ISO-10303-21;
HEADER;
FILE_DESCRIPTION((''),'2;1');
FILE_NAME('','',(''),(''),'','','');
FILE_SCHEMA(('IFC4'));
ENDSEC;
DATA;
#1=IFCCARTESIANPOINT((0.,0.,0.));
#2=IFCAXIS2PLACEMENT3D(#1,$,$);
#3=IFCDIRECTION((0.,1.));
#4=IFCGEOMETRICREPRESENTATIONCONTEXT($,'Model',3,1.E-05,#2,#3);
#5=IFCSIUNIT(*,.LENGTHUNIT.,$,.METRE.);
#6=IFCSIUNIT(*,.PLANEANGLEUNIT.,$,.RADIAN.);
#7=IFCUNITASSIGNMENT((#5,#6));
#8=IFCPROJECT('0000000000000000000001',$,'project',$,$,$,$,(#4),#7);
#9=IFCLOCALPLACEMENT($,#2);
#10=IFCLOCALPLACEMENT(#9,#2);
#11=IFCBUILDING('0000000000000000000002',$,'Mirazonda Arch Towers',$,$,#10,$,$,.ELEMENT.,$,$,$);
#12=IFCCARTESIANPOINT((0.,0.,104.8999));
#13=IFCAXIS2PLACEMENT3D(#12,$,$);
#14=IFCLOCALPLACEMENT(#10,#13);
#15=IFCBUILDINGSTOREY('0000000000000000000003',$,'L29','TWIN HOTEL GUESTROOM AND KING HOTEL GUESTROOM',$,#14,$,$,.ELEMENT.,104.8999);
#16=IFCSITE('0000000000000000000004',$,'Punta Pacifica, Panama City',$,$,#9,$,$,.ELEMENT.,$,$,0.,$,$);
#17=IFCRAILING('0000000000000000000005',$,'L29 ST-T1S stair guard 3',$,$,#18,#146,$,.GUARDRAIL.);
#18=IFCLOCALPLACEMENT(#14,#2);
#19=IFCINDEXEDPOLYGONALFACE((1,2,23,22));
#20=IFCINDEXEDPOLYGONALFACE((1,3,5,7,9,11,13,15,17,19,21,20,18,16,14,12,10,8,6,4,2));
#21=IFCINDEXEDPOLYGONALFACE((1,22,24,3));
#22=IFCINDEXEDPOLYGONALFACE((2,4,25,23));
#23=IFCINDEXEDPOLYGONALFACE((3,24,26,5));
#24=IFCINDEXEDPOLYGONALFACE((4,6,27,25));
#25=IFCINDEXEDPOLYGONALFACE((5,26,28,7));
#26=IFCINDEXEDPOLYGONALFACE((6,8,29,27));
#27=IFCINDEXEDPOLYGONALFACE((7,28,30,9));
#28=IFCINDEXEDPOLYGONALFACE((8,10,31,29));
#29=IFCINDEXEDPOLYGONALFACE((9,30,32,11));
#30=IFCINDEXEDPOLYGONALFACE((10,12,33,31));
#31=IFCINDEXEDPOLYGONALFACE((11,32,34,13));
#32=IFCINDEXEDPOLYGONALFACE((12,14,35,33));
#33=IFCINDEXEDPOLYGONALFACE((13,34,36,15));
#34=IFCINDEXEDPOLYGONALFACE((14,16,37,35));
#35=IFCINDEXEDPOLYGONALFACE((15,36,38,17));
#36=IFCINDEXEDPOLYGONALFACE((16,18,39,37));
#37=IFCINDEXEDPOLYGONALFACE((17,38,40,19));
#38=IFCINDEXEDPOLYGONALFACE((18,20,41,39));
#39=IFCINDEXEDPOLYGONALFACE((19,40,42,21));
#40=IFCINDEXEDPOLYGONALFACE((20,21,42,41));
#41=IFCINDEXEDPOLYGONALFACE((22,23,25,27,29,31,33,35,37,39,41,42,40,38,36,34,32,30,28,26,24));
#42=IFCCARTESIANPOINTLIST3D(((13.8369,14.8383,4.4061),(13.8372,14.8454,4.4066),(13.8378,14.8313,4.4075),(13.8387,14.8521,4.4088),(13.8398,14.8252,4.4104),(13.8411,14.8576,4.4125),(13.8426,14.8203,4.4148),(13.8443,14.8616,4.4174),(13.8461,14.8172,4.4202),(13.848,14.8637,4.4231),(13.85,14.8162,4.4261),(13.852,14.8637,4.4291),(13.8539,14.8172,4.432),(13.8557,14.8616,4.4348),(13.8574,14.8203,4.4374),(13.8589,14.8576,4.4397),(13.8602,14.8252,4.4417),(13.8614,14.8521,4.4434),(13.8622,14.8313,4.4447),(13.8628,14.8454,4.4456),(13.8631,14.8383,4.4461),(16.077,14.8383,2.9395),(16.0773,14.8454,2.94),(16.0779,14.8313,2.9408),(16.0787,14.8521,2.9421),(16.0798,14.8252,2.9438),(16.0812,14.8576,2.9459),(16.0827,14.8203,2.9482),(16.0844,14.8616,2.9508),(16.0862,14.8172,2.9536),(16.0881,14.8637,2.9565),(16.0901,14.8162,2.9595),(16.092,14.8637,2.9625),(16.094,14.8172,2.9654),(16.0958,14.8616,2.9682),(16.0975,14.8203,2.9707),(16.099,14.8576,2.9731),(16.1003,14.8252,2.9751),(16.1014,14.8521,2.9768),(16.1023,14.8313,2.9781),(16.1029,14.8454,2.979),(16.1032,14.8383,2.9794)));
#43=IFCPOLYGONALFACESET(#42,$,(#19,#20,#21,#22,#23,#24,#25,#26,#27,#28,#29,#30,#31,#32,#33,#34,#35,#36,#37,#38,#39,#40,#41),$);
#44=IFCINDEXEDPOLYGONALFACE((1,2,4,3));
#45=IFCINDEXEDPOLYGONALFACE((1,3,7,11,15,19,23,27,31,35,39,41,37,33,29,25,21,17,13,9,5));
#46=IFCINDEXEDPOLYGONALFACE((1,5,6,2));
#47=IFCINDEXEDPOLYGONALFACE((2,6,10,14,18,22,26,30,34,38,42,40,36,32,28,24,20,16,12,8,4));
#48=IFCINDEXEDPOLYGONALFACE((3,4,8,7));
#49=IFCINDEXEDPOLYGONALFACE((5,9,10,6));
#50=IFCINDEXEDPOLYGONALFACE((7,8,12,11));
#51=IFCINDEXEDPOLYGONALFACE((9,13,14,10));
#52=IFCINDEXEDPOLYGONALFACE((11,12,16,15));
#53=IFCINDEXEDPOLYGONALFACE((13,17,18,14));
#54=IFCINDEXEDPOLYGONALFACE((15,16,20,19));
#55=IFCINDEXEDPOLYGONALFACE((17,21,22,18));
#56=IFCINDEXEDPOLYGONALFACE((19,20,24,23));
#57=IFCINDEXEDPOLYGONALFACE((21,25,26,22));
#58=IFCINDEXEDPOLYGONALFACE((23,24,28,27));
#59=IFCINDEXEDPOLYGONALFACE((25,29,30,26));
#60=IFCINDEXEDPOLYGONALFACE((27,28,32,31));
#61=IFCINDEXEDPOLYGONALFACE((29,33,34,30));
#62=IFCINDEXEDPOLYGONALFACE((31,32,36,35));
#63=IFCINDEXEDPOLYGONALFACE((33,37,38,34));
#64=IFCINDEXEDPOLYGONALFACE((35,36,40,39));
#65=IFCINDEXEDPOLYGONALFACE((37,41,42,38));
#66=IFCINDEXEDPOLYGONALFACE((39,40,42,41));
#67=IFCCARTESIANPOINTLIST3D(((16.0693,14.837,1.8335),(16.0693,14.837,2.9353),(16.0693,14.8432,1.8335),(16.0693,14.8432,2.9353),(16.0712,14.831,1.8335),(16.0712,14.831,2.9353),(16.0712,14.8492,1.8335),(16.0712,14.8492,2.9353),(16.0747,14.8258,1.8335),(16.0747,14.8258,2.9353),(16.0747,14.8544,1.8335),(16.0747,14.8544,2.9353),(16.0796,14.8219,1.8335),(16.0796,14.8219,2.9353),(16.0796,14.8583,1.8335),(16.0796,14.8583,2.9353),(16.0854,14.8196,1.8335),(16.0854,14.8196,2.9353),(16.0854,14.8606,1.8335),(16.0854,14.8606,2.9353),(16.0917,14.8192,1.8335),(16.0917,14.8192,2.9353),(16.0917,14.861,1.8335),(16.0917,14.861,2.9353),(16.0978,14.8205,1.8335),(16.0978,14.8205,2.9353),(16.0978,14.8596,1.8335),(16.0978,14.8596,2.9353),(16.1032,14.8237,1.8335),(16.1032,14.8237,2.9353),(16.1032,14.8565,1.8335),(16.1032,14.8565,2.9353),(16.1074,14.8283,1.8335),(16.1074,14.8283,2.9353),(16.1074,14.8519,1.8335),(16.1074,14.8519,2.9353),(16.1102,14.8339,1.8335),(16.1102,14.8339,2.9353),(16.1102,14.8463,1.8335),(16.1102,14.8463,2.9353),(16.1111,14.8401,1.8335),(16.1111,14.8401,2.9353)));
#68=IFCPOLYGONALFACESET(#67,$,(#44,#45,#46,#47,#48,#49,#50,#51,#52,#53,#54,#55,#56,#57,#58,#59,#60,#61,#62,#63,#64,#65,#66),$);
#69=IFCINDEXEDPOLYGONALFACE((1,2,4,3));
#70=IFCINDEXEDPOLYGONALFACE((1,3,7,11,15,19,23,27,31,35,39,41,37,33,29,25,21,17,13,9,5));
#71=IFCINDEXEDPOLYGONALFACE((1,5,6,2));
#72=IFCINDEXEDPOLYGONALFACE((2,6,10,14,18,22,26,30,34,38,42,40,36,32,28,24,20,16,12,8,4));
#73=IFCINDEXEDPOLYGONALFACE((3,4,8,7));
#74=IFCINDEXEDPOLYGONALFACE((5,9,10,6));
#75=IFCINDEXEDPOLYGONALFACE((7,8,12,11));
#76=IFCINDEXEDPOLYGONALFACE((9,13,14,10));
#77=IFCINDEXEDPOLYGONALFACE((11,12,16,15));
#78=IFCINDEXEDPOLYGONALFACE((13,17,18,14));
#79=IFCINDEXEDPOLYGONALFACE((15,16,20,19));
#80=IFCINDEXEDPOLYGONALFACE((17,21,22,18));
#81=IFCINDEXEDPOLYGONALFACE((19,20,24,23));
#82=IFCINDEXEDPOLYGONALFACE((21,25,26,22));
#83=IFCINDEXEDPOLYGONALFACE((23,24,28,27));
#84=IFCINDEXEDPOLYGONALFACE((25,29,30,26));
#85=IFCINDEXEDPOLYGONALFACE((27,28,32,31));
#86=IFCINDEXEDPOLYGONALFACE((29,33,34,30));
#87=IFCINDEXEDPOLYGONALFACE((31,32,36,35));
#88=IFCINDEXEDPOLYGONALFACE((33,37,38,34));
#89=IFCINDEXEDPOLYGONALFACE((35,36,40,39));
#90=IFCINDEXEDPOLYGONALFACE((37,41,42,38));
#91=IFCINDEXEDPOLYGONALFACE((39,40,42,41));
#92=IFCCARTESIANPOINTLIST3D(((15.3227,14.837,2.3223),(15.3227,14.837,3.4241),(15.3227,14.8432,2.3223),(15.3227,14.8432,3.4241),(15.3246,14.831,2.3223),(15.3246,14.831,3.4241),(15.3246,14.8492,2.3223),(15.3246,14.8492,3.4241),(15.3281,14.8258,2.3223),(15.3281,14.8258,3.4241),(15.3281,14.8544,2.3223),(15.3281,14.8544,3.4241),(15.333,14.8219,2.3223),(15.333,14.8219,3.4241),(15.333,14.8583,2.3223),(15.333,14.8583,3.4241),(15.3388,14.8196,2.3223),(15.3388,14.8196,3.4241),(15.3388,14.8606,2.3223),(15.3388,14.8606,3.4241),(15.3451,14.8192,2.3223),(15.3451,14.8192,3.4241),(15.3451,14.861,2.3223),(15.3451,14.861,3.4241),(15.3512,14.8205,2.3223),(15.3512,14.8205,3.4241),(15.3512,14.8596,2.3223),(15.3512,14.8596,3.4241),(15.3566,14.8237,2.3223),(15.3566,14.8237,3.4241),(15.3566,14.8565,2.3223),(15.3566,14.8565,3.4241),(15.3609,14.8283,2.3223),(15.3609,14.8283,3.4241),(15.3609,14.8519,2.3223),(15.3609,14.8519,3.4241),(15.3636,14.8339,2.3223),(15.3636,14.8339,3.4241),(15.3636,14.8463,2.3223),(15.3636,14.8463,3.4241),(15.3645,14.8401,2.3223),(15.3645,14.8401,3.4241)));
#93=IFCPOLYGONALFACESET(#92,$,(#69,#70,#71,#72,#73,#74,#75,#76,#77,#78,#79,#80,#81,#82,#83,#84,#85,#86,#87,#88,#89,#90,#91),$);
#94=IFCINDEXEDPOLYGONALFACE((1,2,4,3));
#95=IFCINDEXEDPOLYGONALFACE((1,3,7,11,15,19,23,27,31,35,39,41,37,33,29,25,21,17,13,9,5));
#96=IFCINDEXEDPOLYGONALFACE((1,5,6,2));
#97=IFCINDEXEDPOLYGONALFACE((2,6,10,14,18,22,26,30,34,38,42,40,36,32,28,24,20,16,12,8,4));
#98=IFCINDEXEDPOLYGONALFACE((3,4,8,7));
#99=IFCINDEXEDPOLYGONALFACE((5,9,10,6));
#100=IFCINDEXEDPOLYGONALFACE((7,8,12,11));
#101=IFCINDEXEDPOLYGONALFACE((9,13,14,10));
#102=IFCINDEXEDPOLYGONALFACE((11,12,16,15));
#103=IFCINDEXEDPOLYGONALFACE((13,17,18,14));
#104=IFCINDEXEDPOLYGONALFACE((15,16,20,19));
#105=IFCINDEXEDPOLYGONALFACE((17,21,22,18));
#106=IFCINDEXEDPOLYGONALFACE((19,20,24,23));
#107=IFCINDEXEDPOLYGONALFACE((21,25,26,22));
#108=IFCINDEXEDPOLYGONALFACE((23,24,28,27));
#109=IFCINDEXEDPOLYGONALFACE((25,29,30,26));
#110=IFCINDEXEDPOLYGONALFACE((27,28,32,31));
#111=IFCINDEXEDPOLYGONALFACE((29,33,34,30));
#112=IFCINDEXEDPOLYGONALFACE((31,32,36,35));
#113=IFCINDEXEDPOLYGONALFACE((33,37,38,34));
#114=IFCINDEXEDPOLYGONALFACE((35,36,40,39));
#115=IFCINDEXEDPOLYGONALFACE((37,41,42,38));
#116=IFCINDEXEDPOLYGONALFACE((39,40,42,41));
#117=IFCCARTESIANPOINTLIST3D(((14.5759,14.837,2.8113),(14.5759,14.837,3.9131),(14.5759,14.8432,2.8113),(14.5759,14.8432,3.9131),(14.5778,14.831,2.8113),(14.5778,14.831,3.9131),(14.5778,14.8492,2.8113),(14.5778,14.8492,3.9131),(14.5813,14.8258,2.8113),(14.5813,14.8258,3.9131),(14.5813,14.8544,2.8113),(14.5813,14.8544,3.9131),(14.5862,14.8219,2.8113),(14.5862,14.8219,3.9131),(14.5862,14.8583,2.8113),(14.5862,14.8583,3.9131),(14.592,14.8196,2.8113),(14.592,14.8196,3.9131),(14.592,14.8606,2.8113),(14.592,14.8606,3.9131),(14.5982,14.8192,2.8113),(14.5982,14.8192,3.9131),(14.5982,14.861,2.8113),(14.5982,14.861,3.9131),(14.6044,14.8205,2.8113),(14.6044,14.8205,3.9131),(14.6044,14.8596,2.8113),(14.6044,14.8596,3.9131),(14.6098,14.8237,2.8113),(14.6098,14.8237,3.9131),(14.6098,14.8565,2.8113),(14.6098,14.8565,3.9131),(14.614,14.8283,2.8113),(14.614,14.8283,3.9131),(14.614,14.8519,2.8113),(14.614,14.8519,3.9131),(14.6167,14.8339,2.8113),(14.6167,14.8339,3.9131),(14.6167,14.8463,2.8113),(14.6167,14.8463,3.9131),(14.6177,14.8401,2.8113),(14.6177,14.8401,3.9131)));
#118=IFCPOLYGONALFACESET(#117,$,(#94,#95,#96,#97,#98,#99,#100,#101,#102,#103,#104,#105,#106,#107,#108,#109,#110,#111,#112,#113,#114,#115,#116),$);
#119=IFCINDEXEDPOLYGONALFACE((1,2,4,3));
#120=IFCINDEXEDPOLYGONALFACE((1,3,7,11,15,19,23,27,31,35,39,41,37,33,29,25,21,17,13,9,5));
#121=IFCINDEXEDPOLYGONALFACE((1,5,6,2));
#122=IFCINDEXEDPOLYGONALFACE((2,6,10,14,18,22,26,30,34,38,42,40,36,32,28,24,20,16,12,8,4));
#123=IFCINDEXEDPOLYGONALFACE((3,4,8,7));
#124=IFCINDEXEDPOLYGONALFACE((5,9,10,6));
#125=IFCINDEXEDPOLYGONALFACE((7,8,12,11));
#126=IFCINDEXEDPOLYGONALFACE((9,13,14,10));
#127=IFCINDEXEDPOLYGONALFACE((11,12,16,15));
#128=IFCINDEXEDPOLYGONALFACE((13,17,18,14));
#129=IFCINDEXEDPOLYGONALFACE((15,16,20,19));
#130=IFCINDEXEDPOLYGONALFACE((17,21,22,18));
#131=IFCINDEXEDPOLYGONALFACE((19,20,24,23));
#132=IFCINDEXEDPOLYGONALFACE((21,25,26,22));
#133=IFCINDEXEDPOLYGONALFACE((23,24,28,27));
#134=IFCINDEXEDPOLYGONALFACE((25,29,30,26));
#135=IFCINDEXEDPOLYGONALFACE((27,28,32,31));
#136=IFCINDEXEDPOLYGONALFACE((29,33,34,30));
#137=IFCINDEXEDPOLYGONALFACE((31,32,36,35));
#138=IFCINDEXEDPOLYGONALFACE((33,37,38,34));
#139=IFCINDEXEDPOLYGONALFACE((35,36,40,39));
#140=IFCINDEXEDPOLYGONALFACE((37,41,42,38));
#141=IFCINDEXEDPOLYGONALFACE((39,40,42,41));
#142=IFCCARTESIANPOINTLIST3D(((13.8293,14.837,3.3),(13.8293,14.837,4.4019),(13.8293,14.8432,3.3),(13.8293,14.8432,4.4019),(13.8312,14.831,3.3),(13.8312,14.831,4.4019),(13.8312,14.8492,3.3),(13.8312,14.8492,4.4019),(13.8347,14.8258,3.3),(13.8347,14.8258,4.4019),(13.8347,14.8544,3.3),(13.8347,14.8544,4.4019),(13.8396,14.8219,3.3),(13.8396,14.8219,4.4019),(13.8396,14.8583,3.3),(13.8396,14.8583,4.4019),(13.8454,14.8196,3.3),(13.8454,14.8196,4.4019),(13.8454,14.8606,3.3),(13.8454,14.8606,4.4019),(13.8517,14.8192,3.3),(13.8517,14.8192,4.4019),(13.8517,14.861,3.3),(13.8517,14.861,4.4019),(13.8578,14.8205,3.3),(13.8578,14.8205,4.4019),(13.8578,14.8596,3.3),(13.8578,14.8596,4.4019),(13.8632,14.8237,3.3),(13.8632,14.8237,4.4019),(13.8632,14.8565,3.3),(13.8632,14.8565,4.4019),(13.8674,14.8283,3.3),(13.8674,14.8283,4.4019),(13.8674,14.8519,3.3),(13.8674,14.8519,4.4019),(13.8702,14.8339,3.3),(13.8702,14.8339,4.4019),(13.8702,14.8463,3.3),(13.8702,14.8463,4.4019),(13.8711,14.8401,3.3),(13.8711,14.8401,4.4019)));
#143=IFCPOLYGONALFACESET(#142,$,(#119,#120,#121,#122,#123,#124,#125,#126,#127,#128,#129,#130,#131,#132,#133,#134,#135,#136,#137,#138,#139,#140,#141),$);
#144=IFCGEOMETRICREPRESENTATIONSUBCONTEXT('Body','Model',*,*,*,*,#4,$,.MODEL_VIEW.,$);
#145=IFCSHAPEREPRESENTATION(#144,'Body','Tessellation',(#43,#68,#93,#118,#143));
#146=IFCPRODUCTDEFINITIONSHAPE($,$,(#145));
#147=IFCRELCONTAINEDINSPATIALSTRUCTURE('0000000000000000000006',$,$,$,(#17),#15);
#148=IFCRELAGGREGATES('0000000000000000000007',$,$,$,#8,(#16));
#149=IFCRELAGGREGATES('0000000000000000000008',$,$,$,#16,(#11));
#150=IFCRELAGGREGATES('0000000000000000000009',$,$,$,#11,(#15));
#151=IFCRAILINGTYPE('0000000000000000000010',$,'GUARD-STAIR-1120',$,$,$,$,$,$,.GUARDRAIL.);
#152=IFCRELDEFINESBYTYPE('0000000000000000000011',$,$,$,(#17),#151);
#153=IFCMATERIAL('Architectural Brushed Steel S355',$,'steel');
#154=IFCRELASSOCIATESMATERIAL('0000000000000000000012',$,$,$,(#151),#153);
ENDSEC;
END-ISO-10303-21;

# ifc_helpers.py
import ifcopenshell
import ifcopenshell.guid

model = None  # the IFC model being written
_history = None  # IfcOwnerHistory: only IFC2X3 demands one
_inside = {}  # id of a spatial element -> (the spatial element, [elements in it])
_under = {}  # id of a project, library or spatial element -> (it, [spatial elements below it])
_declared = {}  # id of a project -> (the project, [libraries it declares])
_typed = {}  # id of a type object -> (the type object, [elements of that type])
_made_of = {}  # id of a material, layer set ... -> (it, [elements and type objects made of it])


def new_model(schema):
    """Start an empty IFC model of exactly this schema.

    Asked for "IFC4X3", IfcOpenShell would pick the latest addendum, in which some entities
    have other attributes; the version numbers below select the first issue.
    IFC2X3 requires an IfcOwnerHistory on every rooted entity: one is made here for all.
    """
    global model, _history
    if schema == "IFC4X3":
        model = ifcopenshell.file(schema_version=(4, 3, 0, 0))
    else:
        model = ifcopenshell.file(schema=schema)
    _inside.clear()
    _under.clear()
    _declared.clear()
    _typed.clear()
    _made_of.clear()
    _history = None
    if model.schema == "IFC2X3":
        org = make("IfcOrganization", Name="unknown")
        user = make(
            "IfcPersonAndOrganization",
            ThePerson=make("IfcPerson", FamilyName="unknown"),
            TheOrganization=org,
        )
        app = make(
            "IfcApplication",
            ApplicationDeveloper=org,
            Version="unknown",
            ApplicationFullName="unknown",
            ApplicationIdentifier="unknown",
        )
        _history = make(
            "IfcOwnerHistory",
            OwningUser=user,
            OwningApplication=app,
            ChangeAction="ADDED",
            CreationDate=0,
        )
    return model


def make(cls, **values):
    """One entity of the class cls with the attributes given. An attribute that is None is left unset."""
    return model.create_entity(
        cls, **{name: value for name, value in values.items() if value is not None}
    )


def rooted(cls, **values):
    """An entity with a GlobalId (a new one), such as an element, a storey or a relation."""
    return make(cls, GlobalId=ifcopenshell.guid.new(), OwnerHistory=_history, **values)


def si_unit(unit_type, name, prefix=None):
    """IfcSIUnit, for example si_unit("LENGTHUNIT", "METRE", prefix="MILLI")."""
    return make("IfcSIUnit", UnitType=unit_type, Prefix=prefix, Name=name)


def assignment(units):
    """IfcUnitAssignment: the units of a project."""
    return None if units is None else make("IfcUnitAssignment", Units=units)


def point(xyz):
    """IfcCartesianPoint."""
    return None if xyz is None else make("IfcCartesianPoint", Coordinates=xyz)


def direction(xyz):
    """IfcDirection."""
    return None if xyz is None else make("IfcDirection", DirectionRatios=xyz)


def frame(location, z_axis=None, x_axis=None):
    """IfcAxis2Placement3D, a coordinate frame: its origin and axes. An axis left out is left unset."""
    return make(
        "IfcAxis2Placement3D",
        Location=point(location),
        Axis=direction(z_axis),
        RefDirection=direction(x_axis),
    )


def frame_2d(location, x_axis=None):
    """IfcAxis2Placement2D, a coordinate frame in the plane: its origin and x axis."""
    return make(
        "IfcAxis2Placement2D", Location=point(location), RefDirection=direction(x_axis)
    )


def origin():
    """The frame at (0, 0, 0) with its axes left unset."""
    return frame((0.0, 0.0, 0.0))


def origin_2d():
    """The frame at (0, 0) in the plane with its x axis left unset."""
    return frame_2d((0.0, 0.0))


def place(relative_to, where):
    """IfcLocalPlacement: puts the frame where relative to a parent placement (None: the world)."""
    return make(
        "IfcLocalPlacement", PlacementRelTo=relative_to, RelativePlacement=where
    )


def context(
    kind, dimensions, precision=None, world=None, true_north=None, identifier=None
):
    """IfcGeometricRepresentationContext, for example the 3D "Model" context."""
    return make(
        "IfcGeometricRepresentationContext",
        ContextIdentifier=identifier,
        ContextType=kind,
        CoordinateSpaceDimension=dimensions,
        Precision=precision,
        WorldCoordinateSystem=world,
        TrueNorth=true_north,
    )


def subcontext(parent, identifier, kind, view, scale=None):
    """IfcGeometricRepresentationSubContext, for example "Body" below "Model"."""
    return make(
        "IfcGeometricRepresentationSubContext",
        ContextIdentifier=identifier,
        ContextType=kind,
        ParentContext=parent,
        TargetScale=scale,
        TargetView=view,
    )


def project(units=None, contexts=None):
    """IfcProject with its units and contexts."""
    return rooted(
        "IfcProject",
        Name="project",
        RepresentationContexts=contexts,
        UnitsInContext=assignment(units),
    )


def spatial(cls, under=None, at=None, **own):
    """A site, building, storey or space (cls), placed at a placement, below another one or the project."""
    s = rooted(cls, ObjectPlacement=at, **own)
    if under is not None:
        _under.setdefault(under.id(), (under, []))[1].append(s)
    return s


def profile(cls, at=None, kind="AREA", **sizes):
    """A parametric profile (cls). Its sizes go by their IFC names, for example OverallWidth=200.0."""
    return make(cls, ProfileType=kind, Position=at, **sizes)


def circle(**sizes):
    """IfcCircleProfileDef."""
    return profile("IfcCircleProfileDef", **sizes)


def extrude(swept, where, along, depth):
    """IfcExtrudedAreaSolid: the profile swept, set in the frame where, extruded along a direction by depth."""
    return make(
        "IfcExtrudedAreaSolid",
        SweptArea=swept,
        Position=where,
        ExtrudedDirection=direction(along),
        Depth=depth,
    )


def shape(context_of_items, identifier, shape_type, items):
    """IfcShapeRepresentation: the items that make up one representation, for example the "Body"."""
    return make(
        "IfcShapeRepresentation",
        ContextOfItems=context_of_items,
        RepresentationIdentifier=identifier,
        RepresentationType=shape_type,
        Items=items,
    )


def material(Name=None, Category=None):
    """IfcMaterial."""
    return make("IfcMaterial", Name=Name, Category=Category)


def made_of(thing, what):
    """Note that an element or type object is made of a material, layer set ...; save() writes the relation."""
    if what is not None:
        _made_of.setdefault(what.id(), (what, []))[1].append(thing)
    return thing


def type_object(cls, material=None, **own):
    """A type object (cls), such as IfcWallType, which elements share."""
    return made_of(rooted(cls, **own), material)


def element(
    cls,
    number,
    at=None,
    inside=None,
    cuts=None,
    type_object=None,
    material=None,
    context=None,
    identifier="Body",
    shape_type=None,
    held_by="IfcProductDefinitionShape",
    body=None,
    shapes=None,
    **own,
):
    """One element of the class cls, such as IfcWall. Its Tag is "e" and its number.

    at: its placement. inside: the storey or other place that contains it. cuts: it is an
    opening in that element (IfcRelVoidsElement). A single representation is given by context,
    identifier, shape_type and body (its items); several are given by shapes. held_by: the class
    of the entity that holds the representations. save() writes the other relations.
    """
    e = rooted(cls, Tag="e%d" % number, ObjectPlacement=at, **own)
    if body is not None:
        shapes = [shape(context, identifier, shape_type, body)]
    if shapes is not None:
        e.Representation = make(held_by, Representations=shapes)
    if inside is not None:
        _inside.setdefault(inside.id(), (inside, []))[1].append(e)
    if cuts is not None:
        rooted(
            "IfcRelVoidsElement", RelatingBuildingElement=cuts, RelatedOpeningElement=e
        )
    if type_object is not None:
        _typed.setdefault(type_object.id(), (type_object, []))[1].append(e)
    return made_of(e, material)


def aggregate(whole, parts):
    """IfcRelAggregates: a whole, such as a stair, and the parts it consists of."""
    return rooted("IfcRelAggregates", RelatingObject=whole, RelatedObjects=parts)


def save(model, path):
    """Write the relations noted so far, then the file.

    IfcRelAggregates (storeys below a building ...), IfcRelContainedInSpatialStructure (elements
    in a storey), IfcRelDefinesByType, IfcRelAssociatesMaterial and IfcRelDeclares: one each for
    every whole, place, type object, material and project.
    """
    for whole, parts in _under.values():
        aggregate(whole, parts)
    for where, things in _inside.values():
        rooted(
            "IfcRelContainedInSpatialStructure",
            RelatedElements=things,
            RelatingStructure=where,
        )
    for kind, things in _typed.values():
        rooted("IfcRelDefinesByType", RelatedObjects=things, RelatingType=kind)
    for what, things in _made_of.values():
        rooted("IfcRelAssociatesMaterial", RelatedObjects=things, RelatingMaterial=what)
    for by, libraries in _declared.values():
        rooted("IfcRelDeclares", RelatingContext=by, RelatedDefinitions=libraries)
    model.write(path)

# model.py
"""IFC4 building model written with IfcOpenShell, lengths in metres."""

from ifc_helpers import new_model, si_unit, direction, frame, origin, origin_2d, place, context, subcontext, project, spatial, circle, extrude, material, type_object, element, save


model = new_model("IFC4")

# Units and contexts
model_context = context("Model", 3, precision=1e-05, world=origin(), true_north=direction((0.0, 1.0)))
body_context = subcontext(model_context, "Body", "Model", "MODEL_VIEW")
ifc_project = project(units=[si_unit("LENGTHUNIT", "METRE"), si_unit("PLANEANGLEUNIT", "RADIAN")], contexts=[model_context])

# Site, building, storey
site_placement = place(None, origin())
site = spatial("IfcSite", under=ifc_project, at=site_placement, Name="Punta Pacifica, Panama City", CompositionType="ELEMENT", RefElevation=0.0)
building_placement = place(site_placement, origin())
building = spatial("IfcBuilding", under=site, at=building_placement, Name="Mirazonda Arch Towers", CompositionType="ELEMENT")
storey_placement = place(building_placement, frame((0.0, 0.0, 104.8999)))
storey = spatial("IfcBuildingStorey", under=building, at=storey_placement, Name="L29", Description="TWIN HOTEL GUESTROOM AND KING HOTEL GUESTROOM", CompositionType="ELEMENT", Elevation=104.8999)

# Shared definitions
ifc_material_1 = material(Name="Architectural Brushed Steel S355", Category="steel")

# Railing
railing_type_1 = type_object("IfcRailingType", Name="GUARD-STAIR-1120", PredefinedType="GUARDRAIL", material=ifc_material_1)
railing_1_placement = place(storey_placement, frame((16.0901, 14.8401, 1.8335)))
element("IfcRailing", 1, at=railing_1_placement, inside=storey, type_object=railing_type_1, Name="L29 ST-T1S stair guard 3", PredefinedType="GUARDRAIL", context=body_context, shape_type="SweptSolid", body=[
    extrude(circle(Radius=0.0239, at=origin_2d()), frame((0.0, 0.0, 1.126), z_axis=(-0.836637, 0.0, 0.547758), x_axis=(0.0, -1.0, 0.0)), (0.0, 0.0, 1.0), 2.6775),
    extrude(circle(Radius=0.021, at=origin_2d()), origin(), (0.0, 0.0, 1.0), 1.1018),
    extrude(circle(Radius=0.021, at=origin_2d()), frame((-0.7466, 0.0, 0.4888)), (0.0, 0.0, 1.0), 1.1018),
    extrude(circle(Radius=0.021, at=origin_2d()), frame((-1.4934, 0.0, 0.9778)), (0.0, 0.0, 1.0), 1.1018),
    extrude(circle(Radius=0.021, at=origin_2d()), frame((-2.24, 0.0, 1.4666)), (0.0, 0.0, 1.0), 1.1018),
])

save(model, "model.ifc")
